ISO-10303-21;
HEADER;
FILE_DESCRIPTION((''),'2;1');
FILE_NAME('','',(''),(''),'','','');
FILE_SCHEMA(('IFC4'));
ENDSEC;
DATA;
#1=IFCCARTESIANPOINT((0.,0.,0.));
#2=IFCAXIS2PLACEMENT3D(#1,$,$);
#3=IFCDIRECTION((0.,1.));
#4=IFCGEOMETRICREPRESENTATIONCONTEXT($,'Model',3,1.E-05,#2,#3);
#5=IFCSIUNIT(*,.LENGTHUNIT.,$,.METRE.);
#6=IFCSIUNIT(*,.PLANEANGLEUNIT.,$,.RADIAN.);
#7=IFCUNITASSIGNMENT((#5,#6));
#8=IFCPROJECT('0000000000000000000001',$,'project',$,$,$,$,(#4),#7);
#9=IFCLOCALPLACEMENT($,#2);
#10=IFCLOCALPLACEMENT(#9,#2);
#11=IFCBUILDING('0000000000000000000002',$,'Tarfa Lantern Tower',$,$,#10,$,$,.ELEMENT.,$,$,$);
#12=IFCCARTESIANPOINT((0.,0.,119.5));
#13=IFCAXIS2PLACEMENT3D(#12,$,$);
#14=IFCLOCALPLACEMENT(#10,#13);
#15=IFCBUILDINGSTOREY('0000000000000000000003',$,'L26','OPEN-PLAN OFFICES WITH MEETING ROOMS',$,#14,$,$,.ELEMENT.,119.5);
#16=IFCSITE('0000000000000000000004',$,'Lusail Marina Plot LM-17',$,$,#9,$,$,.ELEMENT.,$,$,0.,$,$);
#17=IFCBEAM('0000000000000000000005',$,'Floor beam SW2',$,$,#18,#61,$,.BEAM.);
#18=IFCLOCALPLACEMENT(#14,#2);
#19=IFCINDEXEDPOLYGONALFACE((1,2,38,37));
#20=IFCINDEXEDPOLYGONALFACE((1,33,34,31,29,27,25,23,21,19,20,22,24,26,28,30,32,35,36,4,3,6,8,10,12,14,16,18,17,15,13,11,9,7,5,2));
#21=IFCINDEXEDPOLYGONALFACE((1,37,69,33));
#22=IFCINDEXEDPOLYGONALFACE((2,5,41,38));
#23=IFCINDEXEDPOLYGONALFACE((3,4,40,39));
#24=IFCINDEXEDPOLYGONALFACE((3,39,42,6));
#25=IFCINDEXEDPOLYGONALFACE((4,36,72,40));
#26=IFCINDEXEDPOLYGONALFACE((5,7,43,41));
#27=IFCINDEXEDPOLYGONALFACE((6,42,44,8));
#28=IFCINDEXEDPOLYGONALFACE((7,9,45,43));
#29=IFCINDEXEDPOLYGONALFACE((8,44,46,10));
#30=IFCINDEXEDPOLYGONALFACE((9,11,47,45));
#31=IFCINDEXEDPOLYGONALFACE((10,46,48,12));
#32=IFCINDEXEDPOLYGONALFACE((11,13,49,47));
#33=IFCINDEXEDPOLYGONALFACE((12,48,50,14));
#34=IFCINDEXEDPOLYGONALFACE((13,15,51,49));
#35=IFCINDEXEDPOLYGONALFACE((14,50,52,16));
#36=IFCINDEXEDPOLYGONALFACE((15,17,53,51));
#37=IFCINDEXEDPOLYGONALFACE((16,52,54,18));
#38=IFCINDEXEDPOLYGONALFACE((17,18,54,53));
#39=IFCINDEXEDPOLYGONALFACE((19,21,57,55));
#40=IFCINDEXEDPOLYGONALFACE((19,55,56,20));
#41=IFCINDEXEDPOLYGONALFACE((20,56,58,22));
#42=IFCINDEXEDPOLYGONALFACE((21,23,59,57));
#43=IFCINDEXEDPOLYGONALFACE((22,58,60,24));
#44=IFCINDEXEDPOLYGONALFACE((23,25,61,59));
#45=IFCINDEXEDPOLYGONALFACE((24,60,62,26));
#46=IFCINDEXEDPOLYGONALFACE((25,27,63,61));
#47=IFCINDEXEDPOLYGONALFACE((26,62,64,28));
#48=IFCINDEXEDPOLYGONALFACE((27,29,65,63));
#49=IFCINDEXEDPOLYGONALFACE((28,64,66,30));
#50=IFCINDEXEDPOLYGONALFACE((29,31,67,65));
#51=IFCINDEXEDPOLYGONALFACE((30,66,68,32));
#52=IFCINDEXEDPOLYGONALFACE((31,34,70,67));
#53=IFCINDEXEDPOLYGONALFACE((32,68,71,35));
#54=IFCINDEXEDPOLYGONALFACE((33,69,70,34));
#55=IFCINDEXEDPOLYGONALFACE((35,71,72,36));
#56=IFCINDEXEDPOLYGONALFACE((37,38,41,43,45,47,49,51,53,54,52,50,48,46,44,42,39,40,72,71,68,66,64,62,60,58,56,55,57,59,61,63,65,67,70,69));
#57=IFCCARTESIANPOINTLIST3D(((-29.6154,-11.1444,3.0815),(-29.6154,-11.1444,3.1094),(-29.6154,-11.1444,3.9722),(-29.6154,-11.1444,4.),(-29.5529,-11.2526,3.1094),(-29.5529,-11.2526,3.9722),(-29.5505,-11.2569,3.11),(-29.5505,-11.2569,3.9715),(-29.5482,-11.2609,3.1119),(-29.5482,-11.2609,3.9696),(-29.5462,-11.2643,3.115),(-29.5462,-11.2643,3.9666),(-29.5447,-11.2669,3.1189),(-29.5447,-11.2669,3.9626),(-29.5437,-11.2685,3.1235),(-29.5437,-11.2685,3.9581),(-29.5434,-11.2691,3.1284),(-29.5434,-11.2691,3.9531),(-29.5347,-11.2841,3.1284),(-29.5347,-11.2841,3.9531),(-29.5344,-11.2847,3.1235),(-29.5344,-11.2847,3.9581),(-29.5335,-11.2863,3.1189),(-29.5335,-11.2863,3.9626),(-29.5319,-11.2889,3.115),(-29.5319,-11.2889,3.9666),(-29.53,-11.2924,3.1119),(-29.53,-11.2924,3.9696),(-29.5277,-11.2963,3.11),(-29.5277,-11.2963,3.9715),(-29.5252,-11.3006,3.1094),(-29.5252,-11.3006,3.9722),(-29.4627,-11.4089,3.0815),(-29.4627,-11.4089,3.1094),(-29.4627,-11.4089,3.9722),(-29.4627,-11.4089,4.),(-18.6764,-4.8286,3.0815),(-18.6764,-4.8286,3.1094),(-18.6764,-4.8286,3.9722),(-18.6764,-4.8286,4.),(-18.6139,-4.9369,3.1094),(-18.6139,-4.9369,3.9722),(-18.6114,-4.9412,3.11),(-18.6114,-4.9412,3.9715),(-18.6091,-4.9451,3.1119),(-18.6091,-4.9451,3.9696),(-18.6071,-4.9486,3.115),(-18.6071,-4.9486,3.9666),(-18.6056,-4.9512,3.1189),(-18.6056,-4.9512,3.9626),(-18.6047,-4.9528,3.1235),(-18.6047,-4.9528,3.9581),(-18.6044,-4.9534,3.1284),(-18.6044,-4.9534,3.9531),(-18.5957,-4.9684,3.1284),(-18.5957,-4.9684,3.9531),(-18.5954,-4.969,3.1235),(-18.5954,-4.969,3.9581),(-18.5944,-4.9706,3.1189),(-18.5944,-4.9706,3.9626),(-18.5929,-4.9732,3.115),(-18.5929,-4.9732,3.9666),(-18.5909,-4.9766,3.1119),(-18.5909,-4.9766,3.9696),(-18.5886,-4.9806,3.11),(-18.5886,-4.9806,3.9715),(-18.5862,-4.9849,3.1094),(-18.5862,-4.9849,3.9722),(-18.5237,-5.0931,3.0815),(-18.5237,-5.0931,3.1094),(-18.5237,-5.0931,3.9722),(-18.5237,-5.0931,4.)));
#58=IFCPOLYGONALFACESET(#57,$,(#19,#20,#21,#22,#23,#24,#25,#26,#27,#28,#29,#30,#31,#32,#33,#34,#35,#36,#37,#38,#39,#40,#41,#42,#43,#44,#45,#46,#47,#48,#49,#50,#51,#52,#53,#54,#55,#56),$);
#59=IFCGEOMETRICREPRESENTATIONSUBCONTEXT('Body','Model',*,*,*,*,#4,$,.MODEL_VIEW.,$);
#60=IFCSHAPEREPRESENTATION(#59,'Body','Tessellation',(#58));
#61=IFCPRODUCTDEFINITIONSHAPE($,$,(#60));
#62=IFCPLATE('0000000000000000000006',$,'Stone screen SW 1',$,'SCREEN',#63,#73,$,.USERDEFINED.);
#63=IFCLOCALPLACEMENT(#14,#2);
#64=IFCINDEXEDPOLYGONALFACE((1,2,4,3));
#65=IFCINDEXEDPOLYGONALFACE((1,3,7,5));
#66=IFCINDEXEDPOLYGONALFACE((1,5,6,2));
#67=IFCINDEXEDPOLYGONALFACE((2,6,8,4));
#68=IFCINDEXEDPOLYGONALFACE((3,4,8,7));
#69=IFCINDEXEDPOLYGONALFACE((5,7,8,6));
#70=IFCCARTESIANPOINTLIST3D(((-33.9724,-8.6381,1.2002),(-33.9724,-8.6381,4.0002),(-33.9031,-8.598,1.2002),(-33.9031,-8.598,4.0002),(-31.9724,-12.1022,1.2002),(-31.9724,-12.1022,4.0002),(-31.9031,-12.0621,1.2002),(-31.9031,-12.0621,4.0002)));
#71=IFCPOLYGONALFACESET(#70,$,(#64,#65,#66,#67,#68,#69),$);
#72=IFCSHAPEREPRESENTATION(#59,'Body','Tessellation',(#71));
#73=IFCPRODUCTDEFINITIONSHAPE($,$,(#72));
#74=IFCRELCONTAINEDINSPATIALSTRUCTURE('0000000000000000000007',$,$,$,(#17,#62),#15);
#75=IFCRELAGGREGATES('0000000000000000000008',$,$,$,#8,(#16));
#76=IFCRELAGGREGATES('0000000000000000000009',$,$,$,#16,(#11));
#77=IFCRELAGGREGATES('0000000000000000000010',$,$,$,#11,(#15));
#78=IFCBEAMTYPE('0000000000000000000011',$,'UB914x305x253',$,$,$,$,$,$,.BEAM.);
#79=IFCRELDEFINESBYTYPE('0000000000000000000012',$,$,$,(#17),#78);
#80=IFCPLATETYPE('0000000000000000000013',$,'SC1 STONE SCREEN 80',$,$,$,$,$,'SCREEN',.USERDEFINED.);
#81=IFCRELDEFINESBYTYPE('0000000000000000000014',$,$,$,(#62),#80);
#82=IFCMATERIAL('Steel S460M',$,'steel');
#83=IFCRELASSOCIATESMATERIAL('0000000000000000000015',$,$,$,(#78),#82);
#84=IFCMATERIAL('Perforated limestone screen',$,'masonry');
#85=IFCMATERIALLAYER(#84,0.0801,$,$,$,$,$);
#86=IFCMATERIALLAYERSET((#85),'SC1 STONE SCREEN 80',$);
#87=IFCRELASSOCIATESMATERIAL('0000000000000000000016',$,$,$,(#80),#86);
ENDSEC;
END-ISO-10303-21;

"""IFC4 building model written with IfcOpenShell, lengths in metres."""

from ifc_helpers import new_model, si_unit, direction, frame, origin, origin_2d, place, context, subcontext, project, spatial, rectangle, i_section, extrude, material, layer, layer_set, material_profile, profile_set, type_object, element, save


model = new_model("IFC4")

# Units and contexts
model_context = context("Model", 3, precision=1e-05, world=origin(), true_north=direction((0.0, 1.0)))
body_context = subcontext(model_context, "Body", "Model", "MODEL_VIEW")
ifc_project = project(units=[si_unit("LENGTHUNIT", "METRE"), si_unit("PLANEANGLEUNIT", "RADIAN")], contexts=[model_context])

# Site, building, storey
site_placement = place(None, origin())
site = spatial("IfcSite", under=ifc_project, at=site_placement, Name="Lusail Marina Plot LM-17", CompositionType="ELEMENT", RefElevation=0.0)
building_placement = place(site_placement, origin())
building = spatial("IfcBuilding", under=site, at=building_placement, Name="Tarfa Lantern Tower", CompositionType="ELEMENT")
storey_placement = place(building_placement, frame((0.0, 0.0, 119.5)))
storey = spatial("IfcBuildingStorey", under=building, at=storey_placement, Name="L26", Description="OPEN-PLAN OFFICES WITH MEETING ROOMS", CompositionType="ELEMENT", Elevation=119.5)

# Beam
ifc_material_1 = material(Name="Steel S460M", Category="steel")
ifc_material_profile_1 = material_profile(ifc_material_1, i_section(OverallWidth=0.3054, OverallDepth=0.9185, WebThickness=0.0173, FlangeThickness=0.0278, FilletRadius=0.019, at=origin_2d()), Name="UB914x305x253")
ifc_profile_set_1 = profile_set([ifc_material_profile_1], Name="Steel S460M")
beam_type_1 = type_object("IfcBeamType", Name="UB914x305x253", PredefinedType="BEAM", material=ifc_profile_set_1)
beam_1_placement = place(storey_placement, frame((-29.5391, -11.2766, 3.5408), z_axis=(0.866023, 0.500004, 0.0), x_axis=(-0.500004, 0.866023, 0.0)))
element("IfcBeam", 1, at=beam_1_placement, inside=storey, type_object=beam_type_1, Name="Floor beam SW2", PredefinedType="BEAM", context=body_context, shape_type="SweptSolid", body=[
    extrude(i_section(OverallWidth=0.3054, OverallDepth=0.9185, WebThickness=0.0173, FlangeThickness=0.0278, FilletRadius=0.019, at=origin_2d()), origin(), (0.0, 0.0, 1.0), 12.6313),
])

# Plate
ifc_material_2 = material(Name="Perforated limestone screen", Category="masonry")
ifc_layer_1 = layer(ifc_material_2, 0.0801)
ifc_layer_set_1 = layer_set([ifc_layer_1], Name="SC1 STONE SCREEN 80")
plate_type = type_object("IfcPlateType", Name="SC1 STONE SCREEN 80", ElementType="SCREEN", PredefinedType="USERDEFINED", material=ifc_layer_set_1)
plate_placement = place(storey_placement, frame((-32.9377, -10.3501, 1.2002), z_axis=(0.0, 0.0, 1.0), x_axis=(0.5, -0.866025, 0.0)))
element("IfcPlate", 2, at=plate_placement, inside=storey, type_object=plate_type, Name="Stone screen SW 1", ObjectType="SCREEN", PredefinedType="USERDEFINED", context=body_context, shape_type="SweptSolid", body=[
    extrude(rectangle(XDim=4.0, YDim=0.0801, at=origin_2d()), origin(), (0.0, 0.0, 1.0), 2.8),
])

save(model, "model.ifc")
